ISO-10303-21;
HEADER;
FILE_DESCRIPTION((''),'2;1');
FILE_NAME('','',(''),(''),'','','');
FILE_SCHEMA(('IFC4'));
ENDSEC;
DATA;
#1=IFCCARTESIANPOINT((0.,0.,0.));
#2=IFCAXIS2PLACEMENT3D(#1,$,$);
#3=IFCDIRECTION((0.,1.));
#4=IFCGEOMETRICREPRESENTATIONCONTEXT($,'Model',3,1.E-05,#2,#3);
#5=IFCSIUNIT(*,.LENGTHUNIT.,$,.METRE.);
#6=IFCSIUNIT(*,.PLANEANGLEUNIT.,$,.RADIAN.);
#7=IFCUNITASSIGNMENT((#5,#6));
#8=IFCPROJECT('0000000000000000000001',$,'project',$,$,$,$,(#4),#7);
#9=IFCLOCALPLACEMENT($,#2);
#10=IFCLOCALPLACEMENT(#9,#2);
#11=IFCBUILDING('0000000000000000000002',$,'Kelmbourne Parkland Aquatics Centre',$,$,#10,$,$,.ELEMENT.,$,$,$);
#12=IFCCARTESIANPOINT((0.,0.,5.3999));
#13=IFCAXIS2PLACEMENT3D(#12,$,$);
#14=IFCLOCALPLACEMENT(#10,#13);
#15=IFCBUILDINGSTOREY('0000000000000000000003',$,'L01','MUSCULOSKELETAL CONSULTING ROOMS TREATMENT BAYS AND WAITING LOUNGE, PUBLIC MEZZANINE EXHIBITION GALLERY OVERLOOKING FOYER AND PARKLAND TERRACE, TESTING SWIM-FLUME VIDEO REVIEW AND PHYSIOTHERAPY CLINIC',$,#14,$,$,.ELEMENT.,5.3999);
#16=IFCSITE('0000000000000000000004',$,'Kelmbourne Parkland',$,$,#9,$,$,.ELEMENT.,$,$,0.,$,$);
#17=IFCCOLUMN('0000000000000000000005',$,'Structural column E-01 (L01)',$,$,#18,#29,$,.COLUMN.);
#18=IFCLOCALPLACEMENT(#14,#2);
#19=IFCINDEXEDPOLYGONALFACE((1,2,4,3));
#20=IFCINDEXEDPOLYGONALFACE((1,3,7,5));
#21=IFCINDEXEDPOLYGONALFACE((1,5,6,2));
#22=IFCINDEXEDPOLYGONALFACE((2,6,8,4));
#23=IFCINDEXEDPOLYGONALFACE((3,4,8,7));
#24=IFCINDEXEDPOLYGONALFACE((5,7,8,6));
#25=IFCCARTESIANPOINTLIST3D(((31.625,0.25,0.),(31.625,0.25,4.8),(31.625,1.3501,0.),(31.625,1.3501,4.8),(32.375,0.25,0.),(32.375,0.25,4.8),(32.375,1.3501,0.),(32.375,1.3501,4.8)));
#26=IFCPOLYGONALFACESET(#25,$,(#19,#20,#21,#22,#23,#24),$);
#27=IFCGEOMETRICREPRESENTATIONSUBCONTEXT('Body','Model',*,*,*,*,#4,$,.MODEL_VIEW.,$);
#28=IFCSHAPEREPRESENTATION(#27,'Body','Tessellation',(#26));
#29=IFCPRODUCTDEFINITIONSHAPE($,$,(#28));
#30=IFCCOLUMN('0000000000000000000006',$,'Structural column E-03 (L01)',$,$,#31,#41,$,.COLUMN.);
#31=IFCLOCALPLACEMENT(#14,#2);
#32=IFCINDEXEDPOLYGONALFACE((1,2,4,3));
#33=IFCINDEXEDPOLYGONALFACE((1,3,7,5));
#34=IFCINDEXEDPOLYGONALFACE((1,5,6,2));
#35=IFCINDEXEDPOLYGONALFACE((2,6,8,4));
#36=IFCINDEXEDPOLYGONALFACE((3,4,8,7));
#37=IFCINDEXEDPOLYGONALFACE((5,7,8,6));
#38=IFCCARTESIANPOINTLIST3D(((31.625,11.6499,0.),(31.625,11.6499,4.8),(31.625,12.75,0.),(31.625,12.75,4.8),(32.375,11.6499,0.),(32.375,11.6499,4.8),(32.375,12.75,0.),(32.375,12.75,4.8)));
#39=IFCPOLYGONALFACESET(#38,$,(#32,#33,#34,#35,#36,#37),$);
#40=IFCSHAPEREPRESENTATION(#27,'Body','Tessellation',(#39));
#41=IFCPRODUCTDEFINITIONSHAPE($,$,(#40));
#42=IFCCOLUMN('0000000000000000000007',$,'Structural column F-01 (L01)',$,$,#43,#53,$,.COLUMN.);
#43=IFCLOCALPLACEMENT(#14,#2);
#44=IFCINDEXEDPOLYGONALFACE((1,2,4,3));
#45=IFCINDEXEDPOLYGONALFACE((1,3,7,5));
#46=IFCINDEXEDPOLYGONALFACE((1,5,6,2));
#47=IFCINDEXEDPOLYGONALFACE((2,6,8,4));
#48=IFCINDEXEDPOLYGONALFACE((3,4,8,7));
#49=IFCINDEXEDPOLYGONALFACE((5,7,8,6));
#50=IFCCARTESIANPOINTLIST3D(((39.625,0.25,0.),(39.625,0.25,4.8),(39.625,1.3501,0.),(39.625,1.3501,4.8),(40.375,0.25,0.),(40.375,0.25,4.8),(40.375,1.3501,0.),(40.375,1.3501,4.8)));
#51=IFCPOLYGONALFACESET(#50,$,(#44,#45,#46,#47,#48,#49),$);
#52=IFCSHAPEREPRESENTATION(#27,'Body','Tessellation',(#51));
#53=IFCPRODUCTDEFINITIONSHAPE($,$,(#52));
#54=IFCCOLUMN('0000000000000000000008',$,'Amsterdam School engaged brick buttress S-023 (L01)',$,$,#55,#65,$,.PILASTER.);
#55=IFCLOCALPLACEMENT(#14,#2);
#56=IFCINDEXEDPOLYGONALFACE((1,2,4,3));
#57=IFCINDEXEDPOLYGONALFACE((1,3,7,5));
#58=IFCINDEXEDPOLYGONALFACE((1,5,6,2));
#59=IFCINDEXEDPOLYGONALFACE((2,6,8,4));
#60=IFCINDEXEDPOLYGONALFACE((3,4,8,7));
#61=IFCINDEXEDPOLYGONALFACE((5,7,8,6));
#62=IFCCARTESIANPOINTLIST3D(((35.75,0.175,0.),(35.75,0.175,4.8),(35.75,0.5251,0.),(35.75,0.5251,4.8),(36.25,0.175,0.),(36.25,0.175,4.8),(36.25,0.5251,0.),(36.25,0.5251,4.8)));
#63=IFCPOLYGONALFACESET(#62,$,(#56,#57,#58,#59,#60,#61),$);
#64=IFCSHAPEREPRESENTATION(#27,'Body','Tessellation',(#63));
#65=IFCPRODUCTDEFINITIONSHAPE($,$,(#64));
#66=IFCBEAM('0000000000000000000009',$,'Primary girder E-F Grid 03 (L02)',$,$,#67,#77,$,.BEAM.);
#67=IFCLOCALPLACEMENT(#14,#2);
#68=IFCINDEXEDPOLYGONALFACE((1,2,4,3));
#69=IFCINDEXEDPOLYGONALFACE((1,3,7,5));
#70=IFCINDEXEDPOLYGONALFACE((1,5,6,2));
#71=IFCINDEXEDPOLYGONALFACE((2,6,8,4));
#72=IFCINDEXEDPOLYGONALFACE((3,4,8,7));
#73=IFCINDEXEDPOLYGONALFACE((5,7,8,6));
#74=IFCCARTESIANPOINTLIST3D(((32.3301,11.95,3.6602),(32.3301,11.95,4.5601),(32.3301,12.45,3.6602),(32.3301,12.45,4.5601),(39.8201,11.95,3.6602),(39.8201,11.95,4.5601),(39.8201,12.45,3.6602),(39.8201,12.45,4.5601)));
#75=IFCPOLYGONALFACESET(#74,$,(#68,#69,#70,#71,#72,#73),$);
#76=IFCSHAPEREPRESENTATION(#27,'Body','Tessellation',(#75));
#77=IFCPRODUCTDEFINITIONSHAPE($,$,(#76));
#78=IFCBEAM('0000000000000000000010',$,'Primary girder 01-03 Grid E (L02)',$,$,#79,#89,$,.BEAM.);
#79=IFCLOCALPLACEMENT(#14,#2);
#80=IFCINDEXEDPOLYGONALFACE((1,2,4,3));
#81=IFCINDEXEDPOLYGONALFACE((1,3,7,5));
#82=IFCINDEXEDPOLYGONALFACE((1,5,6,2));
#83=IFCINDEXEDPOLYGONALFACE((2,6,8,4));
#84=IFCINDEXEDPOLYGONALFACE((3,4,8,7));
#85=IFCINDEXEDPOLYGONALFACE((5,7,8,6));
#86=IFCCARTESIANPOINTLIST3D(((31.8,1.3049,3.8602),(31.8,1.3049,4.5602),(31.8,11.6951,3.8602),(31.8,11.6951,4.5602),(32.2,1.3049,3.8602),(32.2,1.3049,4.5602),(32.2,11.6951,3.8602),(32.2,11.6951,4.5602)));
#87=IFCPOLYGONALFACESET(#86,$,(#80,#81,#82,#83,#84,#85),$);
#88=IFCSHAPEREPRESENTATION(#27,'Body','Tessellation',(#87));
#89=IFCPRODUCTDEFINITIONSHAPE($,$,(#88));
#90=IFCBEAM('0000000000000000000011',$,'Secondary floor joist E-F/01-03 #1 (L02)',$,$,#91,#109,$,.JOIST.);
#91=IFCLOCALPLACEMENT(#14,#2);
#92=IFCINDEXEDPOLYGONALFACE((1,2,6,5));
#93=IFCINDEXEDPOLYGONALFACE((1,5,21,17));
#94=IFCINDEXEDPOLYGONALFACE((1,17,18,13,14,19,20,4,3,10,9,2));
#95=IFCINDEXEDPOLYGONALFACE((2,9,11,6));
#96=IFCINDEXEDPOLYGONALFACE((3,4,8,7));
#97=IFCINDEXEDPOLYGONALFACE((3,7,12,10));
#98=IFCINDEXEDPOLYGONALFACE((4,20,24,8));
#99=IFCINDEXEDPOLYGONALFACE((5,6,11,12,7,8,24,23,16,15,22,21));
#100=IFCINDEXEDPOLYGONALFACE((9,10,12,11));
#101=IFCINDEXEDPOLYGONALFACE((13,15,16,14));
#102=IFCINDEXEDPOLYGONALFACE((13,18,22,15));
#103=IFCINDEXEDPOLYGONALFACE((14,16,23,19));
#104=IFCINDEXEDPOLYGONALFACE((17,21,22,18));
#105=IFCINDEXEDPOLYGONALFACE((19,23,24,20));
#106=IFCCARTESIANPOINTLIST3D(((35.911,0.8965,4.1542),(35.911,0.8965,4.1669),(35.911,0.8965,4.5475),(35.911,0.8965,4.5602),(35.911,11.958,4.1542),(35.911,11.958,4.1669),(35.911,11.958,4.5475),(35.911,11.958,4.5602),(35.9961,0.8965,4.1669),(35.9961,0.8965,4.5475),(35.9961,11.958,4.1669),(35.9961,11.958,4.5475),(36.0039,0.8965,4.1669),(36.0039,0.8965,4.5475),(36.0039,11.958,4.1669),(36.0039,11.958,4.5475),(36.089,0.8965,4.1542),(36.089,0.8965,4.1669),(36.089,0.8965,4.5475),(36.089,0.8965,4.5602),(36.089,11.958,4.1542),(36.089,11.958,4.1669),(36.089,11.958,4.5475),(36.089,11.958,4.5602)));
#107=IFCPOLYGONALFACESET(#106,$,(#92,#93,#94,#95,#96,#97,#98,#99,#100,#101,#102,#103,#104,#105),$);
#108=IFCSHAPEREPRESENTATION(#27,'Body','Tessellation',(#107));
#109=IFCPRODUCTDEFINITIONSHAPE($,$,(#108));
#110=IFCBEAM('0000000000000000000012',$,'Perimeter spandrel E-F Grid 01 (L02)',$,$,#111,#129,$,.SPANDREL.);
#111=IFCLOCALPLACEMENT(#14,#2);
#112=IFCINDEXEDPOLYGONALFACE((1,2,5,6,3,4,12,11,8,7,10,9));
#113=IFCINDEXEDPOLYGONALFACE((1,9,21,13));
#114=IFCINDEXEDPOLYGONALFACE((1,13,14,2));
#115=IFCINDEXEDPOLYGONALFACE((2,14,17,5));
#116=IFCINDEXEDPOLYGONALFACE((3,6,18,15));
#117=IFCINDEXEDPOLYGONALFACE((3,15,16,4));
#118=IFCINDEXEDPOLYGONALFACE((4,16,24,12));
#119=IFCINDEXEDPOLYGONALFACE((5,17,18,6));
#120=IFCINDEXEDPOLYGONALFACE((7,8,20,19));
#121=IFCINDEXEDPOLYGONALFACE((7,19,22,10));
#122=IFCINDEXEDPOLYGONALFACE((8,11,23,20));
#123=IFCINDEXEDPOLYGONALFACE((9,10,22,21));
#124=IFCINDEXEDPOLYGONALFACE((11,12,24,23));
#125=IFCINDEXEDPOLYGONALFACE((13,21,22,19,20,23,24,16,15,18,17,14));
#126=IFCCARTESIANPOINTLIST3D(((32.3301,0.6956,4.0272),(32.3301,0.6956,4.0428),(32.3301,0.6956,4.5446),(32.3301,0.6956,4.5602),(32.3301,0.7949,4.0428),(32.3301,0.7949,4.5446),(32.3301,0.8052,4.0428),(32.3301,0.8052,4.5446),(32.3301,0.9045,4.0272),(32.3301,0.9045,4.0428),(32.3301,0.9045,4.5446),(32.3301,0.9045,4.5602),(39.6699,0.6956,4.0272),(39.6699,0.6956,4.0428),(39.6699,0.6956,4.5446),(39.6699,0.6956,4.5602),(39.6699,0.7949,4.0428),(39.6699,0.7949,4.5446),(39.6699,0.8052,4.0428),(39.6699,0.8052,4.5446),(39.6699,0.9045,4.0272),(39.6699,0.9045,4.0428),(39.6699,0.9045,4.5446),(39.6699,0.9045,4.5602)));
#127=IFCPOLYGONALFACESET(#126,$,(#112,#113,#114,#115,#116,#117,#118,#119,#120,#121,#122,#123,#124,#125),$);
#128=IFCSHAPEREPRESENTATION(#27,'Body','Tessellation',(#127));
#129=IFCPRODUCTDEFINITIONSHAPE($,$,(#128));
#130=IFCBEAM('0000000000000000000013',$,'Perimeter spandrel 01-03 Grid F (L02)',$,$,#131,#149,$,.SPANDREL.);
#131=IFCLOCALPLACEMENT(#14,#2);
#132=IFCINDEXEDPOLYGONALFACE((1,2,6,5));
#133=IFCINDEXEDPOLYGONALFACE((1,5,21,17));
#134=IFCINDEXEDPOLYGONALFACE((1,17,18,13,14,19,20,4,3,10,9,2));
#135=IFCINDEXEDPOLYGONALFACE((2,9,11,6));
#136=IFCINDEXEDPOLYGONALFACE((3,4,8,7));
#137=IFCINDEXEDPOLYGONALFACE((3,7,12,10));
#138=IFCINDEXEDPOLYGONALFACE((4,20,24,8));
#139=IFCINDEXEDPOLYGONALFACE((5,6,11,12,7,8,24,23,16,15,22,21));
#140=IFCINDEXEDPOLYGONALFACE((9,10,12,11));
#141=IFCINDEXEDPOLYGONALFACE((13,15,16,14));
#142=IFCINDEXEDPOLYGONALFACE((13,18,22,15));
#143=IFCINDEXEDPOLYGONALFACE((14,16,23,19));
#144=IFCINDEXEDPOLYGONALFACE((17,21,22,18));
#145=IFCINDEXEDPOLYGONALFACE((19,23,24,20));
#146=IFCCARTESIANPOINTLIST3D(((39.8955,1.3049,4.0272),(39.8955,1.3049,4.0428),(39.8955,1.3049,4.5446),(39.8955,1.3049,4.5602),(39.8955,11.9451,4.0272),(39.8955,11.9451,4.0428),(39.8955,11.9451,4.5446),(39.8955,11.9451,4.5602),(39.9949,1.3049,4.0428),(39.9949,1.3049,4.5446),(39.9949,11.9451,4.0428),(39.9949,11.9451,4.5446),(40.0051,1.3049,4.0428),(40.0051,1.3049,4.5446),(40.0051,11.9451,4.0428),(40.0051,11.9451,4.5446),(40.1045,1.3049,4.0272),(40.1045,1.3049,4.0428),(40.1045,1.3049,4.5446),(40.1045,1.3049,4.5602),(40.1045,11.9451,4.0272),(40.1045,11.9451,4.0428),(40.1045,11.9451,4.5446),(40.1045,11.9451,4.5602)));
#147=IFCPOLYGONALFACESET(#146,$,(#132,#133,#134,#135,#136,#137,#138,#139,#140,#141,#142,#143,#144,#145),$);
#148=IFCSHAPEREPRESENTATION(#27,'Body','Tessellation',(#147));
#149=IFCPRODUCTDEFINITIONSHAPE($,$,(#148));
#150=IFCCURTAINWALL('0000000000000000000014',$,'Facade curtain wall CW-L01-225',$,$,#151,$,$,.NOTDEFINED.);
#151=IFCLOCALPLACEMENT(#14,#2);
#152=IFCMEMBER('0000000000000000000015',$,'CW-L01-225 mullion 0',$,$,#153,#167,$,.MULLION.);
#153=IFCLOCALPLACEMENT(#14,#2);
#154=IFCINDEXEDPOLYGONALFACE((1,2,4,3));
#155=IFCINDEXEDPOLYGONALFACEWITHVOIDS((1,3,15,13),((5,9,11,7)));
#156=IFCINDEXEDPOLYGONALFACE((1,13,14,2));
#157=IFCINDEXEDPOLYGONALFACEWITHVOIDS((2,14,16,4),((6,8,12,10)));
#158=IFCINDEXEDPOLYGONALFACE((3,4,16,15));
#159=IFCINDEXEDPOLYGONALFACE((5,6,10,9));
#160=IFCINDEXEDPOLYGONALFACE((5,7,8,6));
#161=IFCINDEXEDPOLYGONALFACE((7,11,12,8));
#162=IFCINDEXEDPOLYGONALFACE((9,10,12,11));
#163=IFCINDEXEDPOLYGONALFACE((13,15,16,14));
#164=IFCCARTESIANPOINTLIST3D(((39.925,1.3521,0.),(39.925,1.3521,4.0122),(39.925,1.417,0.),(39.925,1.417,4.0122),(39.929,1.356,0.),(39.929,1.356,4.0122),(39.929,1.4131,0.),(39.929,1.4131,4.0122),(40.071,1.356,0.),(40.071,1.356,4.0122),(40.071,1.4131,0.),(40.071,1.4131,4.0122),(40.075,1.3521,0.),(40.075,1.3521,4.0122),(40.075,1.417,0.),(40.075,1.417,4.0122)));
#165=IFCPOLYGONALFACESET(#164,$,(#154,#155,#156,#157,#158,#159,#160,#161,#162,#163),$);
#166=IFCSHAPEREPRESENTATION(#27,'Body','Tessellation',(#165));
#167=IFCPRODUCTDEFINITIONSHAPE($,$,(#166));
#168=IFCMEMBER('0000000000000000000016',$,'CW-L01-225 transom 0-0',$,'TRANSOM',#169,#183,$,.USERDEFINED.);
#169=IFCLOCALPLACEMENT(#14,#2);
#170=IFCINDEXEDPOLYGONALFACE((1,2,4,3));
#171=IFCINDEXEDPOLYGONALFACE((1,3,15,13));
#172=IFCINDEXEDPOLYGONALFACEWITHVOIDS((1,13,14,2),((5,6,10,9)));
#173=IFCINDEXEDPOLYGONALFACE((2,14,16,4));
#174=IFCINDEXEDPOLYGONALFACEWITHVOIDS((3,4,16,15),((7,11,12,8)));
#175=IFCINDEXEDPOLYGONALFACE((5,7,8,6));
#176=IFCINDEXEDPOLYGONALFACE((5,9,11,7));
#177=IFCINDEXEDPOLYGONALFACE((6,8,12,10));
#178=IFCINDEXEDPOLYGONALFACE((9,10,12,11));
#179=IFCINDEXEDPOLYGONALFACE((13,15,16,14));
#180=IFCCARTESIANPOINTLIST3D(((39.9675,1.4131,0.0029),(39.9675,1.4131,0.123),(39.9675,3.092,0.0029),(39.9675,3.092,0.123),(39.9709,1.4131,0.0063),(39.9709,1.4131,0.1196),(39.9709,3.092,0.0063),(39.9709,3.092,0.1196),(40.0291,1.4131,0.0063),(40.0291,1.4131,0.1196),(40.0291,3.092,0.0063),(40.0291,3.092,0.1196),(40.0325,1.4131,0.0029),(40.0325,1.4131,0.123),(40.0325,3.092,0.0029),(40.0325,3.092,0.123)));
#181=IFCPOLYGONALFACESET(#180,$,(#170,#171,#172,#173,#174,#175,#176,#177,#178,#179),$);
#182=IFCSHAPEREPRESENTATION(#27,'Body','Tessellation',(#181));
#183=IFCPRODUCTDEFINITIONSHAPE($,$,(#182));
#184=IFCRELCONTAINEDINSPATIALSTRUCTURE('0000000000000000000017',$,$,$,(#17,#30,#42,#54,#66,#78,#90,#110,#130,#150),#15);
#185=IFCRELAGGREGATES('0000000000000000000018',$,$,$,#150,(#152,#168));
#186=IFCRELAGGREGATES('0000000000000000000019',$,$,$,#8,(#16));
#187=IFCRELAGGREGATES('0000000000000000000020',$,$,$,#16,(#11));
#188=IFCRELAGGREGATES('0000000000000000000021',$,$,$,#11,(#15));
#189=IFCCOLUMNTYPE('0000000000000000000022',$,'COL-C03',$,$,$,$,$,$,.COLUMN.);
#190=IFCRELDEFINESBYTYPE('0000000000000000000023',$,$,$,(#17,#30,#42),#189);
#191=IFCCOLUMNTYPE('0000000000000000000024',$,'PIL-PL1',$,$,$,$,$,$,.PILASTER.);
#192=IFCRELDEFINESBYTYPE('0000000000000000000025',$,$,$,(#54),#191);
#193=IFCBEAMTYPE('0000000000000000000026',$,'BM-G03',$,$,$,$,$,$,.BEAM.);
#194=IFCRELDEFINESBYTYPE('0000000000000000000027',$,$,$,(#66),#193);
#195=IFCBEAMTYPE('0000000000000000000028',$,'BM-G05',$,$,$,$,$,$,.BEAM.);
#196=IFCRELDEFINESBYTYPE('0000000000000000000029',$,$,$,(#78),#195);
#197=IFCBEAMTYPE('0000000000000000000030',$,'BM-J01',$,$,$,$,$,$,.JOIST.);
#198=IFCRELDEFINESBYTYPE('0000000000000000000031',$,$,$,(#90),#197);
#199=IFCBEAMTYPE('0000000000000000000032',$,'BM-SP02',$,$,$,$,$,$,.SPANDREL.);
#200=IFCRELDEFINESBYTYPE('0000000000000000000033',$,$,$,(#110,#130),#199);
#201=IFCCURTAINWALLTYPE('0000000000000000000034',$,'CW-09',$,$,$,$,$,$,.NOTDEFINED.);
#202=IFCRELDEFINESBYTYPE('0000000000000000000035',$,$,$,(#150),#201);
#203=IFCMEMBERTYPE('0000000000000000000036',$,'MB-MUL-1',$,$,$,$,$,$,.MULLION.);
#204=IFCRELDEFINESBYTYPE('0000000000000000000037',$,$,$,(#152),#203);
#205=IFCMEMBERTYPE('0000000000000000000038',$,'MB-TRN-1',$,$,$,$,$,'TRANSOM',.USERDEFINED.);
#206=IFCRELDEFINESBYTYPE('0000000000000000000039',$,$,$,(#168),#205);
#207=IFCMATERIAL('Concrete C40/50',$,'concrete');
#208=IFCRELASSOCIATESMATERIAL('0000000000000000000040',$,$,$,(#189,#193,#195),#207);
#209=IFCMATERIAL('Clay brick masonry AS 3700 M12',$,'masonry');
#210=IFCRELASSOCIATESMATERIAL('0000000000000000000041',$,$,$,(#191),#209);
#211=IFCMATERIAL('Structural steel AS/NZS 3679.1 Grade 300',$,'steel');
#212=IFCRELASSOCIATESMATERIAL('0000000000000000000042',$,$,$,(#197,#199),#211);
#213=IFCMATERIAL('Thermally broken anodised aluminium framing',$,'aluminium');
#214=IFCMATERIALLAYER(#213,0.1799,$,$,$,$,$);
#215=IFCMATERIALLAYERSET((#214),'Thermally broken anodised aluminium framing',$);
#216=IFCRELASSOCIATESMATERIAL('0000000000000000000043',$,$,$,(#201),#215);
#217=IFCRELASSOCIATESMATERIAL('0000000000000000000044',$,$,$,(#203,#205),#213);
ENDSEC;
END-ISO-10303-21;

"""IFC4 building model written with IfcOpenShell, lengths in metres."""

from ifc_helpers import new_model, si_unit, direction, frame, origin, origin_2d, place, context, subcontext, project, spatial, rectangle, hollow_rectangle, i_section, extrude, material, layer, layer_set, material_profile, profile_set, type_object, element, aggregate, save


model = new_model("IFC4")

# Units and contexts
model_context = context("Model", 3, precision=1e-05, world=origin(), true_north=direction((0.0, 1.0)))
body_context = subcontext(model_context, "Body", "Model", "MODEL_VIEW")
ifc_project = project(units=[si_unit("LENGTHUNIT", "METRE"), si_unit("PLANEANGLEUNIT", "RADIAN")], contexts=[model_context])

# Site, building, storey
site_placement = place(None, origin())
site = spatial("IfcSite", under=ifc_project, at=site_placement, Name="Kelmbourne Parkland", CompositionType="ELEMENT", RefElevation=0.0)
building_placement = place(site_placement, origin())
building = spatial("IfcBuilding", under=site, at=building_placement, Name="Kelmbourne Parkland Aquatics Centre", CompositionType="ELEMENT")
storey_placement = place(building_placement, frame((0.0, 0.0, 5.3999)))
storey = spatial("IfcBuildingStorey", under=building, at=storey_placement, Name="L01", Description="MUSCULOSKELETAL CONSULTING ROOMS TREATMENT BAYS AND WAITING LOUNGE, PUBLIC MEZZANINE EXHIBITION GALLERY OVERLOOKING FOYER AND PARKLAND TERRACE, TESTING SWIM-FLUME VIDEO REVIEW AND PHYSIOTHERAPY CLINIC", CompositionType="ELEMENT", Elevation=5.3999)

# Columns
ifc_material_1 = material(Name="Concrete C40/50", Category="concrete")
ifc_material_profile_1 = material_profile(ifc_material_1, rectangle(XDim=0.75, YDim=1.1001, at=origin_2d()), Name="RC 750x1100")
ifc_profile_set_1 = profile_set([ifc_material_profile_1], Name="Concrete C40/50")
column_type_1 = type_object("IfcColumnType", Name="COL-C03", PredefinedType="COLUMN", material=ifc_profile_set_1)
for number, where, z_axis, x_axis, name in (
    (1, (32.0, 0.8, 0.0), (0.0, 0.0, 1.0), (1.0, 0.0, 0.0), "Structural column E-01 (L01)"),
    (2, (32.0, 12.2, 0.0), (0.0, 0.0, 1.0), (1.0, 0.0, 0.0), "Structural column E-03 (L01)"),
    (3, (40.0, 0.8, 0.0), (0.0, 0.0, 1.0), (1.0, 0.0, 0.0), "Structural column F-01 (L01)"),
):
    element("IfcColumn", number, at=place(storey_placement, frame(where, z_axis=z_axis, x_axis=x_axis)), inside=storey, type_object=column_type_1, Name=name, PredefinedType="COLUMN", context=body_context, shape_type="SweptSolid", body=[
        extrude(rectangle(XDim=0.75, YDim=1.1001, at=origin_2d()), origin(), (0.0, 0.0, 1.0), 4.8),
    ])
ifc_material_2 = material(Name="Clay brick masonry AS 3700 M12", Category="masonry")
ifc_material_profile_2 = material_profile(ifc_material_2, rectangle(XDim=0.3501, YDim=0.5, at=origin_2d()), Name="PIL 350x500")
ifc_profile_set_2 = profile_set([ifc_material_profile_2], Name="Clay brick masonry AS 3700 M12")
column_type_2 = type_object("IfcColumnType", Name="PIL-PL1", PredefinedType="PILASTER", material=ifc_profile_set_2)
column_placement = place(storey_placement, frame((36.0, 0.3501, 0.0), z_axis=(0.0, 0.0, 1.0), x_axis=(0.0, 1.0, 0.0)))
element("IfcColumn", 4, at=column_placement, inside=storey, type_object=column_type_2, Name="Amsterdam School engaged brick buttress S-023 (L01)", PredefinedType="PILASTER", context=body_context, shape_type="SweptSolid", body=[
    extrude(rectangle(XDim=0.3501, YDim=0.5, at=origin_2d()), origin(), (0.0, 0.0, 1.0), 4.8),
])

# Beams
ifc_material_profile_3 = material_profile(ifc_material_1, rectangle(XDim=0.5, YDim=0.8999, at=origin_2d()), Name="RC 500x900")
ifc_profile_set_3 = profile_set([ifc_material_profile_3], Name="Concrete C40/50")
beam_type_1 = type_object("IfcBeamType", Name="BM-G03", PredefinedType="BEAM", material=ifc_profile_set_3)
beam_1_placement = place(storey_placement, frame((32.3301, 12.2, 4.1101), z_axis=(1.0, 0.0, 0.0), x_axis=(0.0, 1.0, 0.0)))
element("IfcBeam", 5, at=beam_1_placement, inside=storey, type_object=beam_type_1, Name="Primary girder E-F Grid 03 (L02)", PredefinedType="BEAM", context=body_context, shape_type="SweptSolid", body=[
    extrude(rectangle(XDim=0.5, YDim=0.8999, at=origin_2d()), origin(), (0.0, 0.0, 1.0), 7.49),
])
ifc_material_profile_4 = material_profile(ifc_material_1, rectangle(XDim=0.3999, YDim=0.7, at=origin_2d()), Name="RC 400x700")
ifc_profile_set_4 = profile_set([ifc_material_profile_4], Name="Concrete C40/50")
beam_type_2 = type_object("IfcBeamType", Name="BM-G05", PredefinedType="BEAM", material=ifc_profile_set_4)
beam_2_placement = place(storey_placement, frame((32.0, 1.3049, 4.2102), z_axis=(0.0, 1.0, 0.0), x_axis=(-1.0, 0.0, 0.0)))
element("IfcBeam", 6, at=beam_2_placement, inside=storey, type_object=beam_type_2, Name="Primary girder 01-03 Grid E (L02)", PredefinedType="BEAM", context=body_context, shape_type="SweptSolid", body=[
    extrude(rectangle(XDim=0.3999, YDim=0.7, at=origin_2d()), origin(), (0.0, 0.0, 1.0), 10.3901),
])
ifc_material_3 = material(Name="Structural steel AS/NZS 3679.1 Grade 300", Category="steel")
ifc_material_profile_5 = material_profile(ifc_material_3, i_section(OverallWidth=0.178, OverallDepth=0.406, WebThickness=0.0078, FlangeThickness=0.0127, at=origin_2d()), Name="410UB59.7")
ifc_profile_set_5 = profile_set([ifc_material_profile_5], Name="Structural steel AS/NZS 3679.1 Grade 300")
beam_type_3 = type_object("IfcBeamType", Name="BM-J01", PredefinedType="JOIST", material=ifc_profile_set_5)
beam_3_placement = place(storey_placement, frame((36.0, 0.8965, 4.3572), z_axis=(0.0, 1.0, 0.0), x_axis=(-1.0, 0.0, 0.0)))
element("IfcBeam", 7, at=beam_3_placement, inside=storey, type_object=beam_type_3, Name="Secondary floor joist E-F/01-03 #1 (L02)", PredefinedType="JOIST", context=body_context, shape_type="SweptSolid", body=[
    extrude(i_section(OverallWidth=0.178, OverallDepth=0.406, WebThickness=0.0078, FlangeThickness=0.0127, at=origin_2d()), origin(), (0.0, 0.0, 1.0), 11.0615),
])
ifc_material_profile_6 = material_profile(ifc_material_3, i_section(OverallWidth=0.209, OverallDepth=0.533, WebThickness=0.0103, FlangeThickness=0.0156, at=origin_2d()), Name="530UB92.4")
ifc_profile_set_6 = profile_set([ifc_material_profile_6], Name="Structural steel AS/NZS 3679.1 Grade 300")
beam_type_4 = type_object("IfcBeamType", Name="BM-SP02", PredefinedType="SPANDREL", material=ifc_profile_set_6)
beam_4_placement = place(storey_placement, frame((32.3301, 0.8, 4.2937), z_axis=(1.0, 0.0, 0.0), x_axis=(0.0, 1.0, 0.0)))
element("IfcBeam", 8, at=beam_4_placement, inside=storey, type_object=beam_type_4, Name="Perimeter spandrel E-F Grid 01 (L02)", PredefinedType="SPANDREL", context=body_context, shape_type="SweptSolid", body=[
    extrude(i_section(OverallWidth=0.209, OverallDepth=0.533, WebThickness=0.0103, FlangeThickness=0.0156, at=origin_2d()), origin(), (0.0, 0.0, 1.0), 7.3398),
])
beam_5_placement = place(storey_placement, frame((40.0, 1.3049, 4.2937), z_axis=(0.0, 1.0, 0.0), x_axis=(-1.0, 0.0, 0.0)))
element("IfcBeam", 9, at=beam_5_placement, inside=storey, type_object=beam_type_4, Name="Perimeter spandrel 01-03 Grid F (L02)", PredefinedType="SPANDREL", context=body_context, shape_type="SweptSolid", body=[
    extrude(i_section(OverallWidth=0.209, OverallDepth=0.533, WebThickness=0.0103, FlangeThickness=0.0156, at=origin_2d()), origin(), (0.0, 0.0, 1.0), 10.6401),
])

# Curtain wall, members
ifc_material_4 = material(Name="Thermally broken anodised aluminium framing", Category="aluminium")
ifc_layer_1 = layer(ifc_material_4, 0.1799)
ifc_layer_set_1 = layer_set([ifc_layer_1], Name="Thermally broken anodised aluminium framing")
curtain_wall_type = type_object("IfcCurtainWallType", Name="CW-09", PredefinedType="NOTDEFINED", material=ifc_layer_set_1)
curtain_wall_placement = place(storey_placement, origin())
curtain_wall = element("IfcCurtainWall", 10, at=curtain_wall_placement, inside=storey, type_object=curtain_wall_type, Name="Facade curtain wall CW-L01-225", PredefinedType="NOTDEFINED")
ifc_material_profile_7 = material_profile(ifc_material_4, hollow_rectangle(XDim=0.0649, YDim=0.1499, WallThickness=0.0039, at=origin_2d()), Name="CW-M 65x150")
ifc_profile_set_7 = profile_set([ifc_material_profile_7], Name="Thermally broken anodised aluminium framing")
member_type_1 = type_object("IfcMemberType", Name="MB-MUL-1", PredefinedType="MULLION", material=ifc_profile_set_7)
member_1_placement = place(storey_placement, frame((40.0, 1.3845, 0.0), z_axis=(0.0, 0.0, 1.0), x_axis=(0.0, 1.0, 0.0)))
member_1 = element("IfcMember", 11, at=member_1_placement, type_object=member_type_1, Name="CW-L01-225 mullion 0", PredefinedType="MULLION", context=body_context, shape_type="SweptSolid", body=[
    extrude(hollow_rectangle(XDim=0.0649, YDim=0.1499, WallThickness=0.0039, at=origin_2d()), origin(), (0.0, 0.0, 1.0), 4.0122),
])
ifc_material_profile_8 = material_profile(ifc_material_4, hollow_rectangle(XDim=0.0649, YDim=0.1201, WallThickness=0.0034, at=origin_2d()), Name="CW-T 65x120")
ifc_profile_set_8 = profile_set([ifc_material_profile_8], Name="Thermally broken anodised aluminium framing")
member_type_2 = type_object("IfcMemberType", Name="MB-TRN-1", ElementType="TRANSOM", PredefinedType="USERDEFINED", material=ifc_profile_set_8)
member_2_placement = place(storey_placement, frame((40.0, 1.4131, 0.063), z_axis=(0.0, 1.0, 0.0), x_axis=(-1.0, 0.0, 0.0)))
member_2 = element("IfcMember", 12, at=member_2_placement, type_object=member_type_2, Name="CW-L01-225 transom 0-0", ObjectType="TRANSOM", PredefinedType="USERDEFINED", context=body_context, shape_type="SweptSolid", body=[
    extrude(hollow_rectangle(XDim=0.0649, YDim=0.1201, WallThickness=0.0034, at=origin_2d()), origin(), (0.0, 0.0, 1.0), 1.679),
])
aggregate(curtain_wall, [member_1, member_2])

save(model, "model.ifc")
